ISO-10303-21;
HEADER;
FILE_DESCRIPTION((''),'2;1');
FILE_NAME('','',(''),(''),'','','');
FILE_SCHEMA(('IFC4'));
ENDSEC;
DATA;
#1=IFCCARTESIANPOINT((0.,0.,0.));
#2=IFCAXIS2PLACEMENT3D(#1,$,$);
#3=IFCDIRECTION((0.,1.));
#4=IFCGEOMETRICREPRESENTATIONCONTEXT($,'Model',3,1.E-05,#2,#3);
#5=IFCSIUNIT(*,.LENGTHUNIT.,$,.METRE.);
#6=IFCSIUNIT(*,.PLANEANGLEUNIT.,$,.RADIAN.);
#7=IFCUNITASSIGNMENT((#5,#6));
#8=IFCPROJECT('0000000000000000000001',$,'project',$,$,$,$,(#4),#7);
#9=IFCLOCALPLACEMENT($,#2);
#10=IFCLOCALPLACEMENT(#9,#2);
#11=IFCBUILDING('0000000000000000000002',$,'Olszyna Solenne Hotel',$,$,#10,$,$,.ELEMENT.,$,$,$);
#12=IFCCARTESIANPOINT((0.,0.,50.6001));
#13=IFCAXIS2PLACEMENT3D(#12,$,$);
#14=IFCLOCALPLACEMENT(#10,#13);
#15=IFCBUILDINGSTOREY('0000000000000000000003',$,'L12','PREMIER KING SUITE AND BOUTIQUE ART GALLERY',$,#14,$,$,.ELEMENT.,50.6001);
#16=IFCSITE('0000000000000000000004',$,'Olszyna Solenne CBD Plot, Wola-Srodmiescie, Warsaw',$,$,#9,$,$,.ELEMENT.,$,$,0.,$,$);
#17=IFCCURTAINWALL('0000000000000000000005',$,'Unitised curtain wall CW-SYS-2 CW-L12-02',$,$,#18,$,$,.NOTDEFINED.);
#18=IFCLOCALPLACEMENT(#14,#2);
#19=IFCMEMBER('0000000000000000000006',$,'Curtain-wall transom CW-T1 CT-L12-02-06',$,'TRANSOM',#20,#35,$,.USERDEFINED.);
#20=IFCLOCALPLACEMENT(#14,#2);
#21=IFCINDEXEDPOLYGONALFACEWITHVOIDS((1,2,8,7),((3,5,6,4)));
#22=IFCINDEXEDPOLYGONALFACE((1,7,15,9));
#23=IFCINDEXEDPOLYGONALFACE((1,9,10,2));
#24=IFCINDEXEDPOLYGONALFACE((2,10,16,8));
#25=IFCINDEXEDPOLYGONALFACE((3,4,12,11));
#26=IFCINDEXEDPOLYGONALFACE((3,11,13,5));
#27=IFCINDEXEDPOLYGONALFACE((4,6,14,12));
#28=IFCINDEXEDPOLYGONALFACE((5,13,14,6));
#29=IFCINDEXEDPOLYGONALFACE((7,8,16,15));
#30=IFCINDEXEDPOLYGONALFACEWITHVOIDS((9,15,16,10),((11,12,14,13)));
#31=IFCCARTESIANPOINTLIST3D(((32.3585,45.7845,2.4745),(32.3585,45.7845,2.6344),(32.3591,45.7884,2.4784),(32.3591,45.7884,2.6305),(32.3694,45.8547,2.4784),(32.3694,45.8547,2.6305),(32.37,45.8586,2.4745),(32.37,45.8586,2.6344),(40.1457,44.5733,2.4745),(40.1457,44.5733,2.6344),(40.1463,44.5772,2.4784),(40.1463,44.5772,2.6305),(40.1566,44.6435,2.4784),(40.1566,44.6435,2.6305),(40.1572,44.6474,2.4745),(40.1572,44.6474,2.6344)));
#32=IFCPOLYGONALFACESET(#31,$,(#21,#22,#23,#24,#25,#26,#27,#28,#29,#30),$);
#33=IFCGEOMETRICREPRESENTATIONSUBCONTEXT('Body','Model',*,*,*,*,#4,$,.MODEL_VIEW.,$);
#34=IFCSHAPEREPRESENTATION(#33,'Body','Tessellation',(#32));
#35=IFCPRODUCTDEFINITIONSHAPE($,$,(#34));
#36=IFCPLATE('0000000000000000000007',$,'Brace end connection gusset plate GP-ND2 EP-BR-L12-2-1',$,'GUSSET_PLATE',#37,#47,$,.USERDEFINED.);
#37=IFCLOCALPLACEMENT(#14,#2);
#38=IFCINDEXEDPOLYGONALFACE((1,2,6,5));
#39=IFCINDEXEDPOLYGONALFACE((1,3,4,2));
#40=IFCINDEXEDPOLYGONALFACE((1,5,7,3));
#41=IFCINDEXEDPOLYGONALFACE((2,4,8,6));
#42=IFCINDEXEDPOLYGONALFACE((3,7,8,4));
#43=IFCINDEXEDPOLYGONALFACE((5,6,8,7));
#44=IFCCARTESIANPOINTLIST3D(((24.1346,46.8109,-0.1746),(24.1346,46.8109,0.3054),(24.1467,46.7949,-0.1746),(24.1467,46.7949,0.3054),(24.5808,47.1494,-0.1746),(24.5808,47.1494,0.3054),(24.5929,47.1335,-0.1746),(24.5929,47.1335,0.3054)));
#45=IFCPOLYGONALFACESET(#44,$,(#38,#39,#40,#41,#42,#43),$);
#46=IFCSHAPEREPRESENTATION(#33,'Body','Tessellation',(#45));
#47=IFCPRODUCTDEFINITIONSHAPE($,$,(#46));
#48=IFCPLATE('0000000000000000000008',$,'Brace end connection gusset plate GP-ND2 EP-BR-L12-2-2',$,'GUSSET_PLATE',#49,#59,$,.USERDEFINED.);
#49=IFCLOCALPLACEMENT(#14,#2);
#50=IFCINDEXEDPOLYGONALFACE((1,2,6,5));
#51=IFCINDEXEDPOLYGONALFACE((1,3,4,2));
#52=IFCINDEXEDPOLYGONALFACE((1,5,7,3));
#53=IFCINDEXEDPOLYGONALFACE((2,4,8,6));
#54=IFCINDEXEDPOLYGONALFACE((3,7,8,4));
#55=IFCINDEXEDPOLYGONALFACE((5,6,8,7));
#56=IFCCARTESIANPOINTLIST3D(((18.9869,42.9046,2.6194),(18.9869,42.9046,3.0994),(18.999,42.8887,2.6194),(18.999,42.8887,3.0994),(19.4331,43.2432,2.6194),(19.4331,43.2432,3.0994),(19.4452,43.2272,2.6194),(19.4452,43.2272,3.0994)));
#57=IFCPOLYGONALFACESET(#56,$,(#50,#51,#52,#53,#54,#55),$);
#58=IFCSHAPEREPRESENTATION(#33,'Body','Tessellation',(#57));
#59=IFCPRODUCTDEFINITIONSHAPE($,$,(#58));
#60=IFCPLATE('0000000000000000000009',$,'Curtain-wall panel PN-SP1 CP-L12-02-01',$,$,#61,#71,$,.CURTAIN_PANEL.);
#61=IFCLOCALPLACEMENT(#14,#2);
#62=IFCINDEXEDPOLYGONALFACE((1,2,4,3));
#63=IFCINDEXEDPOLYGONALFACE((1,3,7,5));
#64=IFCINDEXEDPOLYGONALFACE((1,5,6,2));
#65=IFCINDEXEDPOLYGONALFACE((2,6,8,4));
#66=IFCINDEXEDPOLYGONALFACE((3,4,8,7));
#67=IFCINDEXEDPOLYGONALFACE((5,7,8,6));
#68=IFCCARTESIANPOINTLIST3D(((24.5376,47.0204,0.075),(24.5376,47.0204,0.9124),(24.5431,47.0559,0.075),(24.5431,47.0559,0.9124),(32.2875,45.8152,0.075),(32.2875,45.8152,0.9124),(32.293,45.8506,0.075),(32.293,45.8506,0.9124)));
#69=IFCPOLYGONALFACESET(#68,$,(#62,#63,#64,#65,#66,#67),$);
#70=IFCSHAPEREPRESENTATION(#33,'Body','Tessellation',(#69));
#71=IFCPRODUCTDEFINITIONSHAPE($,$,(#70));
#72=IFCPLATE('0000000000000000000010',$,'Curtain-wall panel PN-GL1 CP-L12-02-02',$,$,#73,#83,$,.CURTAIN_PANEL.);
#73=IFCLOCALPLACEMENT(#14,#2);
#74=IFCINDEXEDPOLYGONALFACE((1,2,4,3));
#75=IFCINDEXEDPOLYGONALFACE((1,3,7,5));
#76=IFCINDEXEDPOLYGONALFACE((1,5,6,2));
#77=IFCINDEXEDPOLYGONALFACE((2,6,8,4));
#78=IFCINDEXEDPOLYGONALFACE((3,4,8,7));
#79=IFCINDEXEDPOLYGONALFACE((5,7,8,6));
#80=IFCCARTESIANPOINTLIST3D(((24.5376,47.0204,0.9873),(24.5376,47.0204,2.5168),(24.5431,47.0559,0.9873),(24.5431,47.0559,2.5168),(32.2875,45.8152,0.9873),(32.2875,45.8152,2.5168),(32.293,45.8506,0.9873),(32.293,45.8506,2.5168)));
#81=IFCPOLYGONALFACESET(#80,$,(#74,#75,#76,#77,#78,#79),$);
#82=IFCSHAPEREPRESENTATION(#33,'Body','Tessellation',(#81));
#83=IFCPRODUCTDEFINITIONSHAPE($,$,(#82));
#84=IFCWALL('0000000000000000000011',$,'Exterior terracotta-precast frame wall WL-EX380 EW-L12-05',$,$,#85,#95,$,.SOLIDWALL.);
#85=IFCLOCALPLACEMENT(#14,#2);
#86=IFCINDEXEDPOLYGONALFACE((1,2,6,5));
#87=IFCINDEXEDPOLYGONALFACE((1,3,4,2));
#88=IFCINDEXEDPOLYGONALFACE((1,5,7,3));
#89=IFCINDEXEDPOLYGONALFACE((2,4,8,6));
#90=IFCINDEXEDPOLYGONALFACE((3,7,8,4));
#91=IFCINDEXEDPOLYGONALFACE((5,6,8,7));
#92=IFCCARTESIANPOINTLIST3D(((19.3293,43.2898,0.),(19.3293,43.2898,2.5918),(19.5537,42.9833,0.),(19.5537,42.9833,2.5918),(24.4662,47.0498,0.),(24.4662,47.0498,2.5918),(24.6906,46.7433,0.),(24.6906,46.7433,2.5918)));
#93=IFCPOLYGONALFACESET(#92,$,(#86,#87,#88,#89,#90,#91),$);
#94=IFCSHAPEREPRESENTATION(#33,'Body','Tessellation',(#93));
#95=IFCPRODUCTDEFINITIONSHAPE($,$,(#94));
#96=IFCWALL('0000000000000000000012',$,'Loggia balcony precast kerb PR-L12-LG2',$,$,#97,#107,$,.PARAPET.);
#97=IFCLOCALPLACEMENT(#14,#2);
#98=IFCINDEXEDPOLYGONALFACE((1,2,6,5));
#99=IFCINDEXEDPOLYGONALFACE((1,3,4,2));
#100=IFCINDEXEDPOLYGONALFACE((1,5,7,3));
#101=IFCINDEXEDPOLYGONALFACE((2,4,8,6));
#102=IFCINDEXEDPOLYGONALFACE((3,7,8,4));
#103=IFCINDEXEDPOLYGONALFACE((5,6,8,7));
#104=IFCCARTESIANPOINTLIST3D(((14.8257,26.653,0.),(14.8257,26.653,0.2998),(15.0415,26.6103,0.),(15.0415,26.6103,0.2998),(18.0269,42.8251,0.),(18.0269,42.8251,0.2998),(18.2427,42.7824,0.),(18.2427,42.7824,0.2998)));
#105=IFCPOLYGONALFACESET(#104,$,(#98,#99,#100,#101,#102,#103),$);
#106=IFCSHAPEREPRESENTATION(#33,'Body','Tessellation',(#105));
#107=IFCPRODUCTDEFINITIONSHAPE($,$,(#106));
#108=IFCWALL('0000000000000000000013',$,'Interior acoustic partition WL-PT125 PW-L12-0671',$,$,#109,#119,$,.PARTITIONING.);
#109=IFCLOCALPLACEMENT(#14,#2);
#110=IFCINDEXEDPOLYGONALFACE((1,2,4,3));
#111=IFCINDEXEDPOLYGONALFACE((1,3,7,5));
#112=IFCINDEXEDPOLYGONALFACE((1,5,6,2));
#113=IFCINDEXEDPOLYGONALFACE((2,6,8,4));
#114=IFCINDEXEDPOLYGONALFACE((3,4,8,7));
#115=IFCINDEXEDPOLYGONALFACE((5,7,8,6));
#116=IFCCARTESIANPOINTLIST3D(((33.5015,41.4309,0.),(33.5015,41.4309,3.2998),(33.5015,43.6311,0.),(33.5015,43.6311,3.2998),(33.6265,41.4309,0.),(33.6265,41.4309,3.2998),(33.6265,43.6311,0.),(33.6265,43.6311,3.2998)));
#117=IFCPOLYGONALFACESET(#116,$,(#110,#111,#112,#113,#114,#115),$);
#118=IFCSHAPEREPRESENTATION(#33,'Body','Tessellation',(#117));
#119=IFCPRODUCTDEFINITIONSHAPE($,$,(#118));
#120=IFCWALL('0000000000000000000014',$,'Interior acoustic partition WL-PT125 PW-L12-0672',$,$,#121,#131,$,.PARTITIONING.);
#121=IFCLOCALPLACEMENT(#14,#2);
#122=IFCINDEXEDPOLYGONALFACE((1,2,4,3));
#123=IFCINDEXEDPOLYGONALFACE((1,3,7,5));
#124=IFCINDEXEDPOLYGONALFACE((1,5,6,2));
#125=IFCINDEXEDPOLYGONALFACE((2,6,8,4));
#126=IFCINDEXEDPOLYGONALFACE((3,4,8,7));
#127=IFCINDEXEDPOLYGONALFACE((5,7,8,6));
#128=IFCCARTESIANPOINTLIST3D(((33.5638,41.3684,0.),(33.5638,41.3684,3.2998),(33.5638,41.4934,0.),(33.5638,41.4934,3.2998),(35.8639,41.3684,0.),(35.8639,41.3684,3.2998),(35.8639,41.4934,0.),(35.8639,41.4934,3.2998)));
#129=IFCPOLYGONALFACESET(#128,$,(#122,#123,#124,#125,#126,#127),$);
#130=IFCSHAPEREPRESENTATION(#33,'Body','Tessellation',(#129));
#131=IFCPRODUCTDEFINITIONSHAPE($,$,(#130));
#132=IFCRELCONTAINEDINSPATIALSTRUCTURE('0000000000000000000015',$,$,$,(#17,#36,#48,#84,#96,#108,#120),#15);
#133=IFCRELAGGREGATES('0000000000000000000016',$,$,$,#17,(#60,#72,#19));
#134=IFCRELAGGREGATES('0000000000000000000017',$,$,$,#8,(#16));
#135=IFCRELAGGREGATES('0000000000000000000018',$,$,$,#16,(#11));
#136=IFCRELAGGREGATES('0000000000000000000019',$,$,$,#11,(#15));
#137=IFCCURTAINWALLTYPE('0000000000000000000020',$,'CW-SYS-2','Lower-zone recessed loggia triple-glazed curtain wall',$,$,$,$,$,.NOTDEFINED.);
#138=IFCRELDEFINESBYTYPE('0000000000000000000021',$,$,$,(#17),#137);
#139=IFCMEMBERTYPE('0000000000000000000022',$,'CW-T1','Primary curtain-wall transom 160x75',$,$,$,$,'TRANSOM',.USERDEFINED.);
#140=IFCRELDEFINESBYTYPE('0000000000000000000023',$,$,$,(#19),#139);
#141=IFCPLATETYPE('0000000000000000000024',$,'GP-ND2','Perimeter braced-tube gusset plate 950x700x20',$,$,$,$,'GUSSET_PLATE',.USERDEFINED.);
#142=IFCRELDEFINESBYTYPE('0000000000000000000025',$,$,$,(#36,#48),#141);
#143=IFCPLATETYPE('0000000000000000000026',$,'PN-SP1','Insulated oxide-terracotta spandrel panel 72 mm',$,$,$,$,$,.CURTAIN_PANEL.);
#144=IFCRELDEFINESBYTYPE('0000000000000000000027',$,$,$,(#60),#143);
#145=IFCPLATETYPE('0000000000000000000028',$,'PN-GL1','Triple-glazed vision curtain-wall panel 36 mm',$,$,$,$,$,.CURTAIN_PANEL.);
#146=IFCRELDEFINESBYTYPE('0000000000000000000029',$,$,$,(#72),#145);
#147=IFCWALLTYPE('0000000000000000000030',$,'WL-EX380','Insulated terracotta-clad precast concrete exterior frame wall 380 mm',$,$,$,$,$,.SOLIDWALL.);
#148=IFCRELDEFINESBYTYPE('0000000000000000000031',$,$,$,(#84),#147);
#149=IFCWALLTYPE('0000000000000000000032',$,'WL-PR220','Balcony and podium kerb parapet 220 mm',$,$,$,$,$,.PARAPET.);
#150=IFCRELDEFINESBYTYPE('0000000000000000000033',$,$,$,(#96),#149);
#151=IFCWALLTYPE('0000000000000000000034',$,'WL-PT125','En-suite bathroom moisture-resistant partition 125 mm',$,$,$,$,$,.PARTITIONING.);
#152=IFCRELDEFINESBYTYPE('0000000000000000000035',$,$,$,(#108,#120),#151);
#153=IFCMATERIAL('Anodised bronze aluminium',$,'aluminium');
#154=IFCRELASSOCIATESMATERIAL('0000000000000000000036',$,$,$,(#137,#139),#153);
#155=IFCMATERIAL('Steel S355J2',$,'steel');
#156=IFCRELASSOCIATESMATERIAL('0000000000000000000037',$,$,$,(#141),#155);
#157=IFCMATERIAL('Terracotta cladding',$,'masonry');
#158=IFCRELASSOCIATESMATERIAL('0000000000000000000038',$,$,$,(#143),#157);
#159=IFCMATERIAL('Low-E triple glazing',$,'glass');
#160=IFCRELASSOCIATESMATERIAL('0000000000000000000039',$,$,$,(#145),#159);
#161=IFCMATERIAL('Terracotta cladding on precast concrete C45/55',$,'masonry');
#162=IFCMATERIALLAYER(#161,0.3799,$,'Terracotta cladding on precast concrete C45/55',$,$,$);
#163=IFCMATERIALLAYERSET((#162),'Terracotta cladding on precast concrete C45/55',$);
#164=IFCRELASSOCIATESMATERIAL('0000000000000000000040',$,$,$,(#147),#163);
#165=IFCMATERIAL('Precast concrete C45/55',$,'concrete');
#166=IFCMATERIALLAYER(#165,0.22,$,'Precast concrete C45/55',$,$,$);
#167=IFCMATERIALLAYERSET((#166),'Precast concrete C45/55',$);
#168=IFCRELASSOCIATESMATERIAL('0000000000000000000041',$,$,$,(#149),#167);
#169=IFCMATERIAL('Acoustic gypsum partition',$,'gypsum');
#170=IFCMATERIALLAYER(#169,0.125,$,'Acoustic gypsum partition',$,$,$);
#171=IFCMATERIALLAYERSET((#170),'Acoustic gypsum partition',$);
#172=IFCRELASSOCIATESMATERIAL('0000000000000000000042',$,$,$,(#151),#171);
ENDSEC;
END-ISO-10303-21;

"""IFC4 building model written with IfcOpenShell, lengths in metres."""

from ifc_helpers import new_model, si_unit, direction, frame, frame_2d, origin, origin_2d, place, context, subcontext, project, spatial, rectangle, hollow_rectangle, extrude, source, transform, mapped, material, layer, layer_set, material_profile, profile_set, type_object, element, aggregate, save


model = new_model("IFC4")

# Units and contexts
model_context = context("Model", 3, precision=1e-05, world=origin(), true_north=direction((0.0, 1.0)))
body_context = subcontext(model_context, "Body", "Model", "MODEL_VIEW")
ifc_project = project(units=[si_unit("LENGTHUNIT", "METRE"), si_unit("PLANEANGLEUNIT", "RADIAN")], contexts=[model_context])

# Site, building, storey
site_placement = place(None, origin())
site = spatial("IfcSite", under=ifc_project, at=site_placement, Name="Olszyna Solenne CBD Plot, Wola-Srodmiescie, Warsaw", CompositionType="ELEMENT", RefElevation=0.0)
building_placement = place(site_placement, origin())
building = spatial("IfcBuilding", under=site, at=building_placement, Name="Olszyna Solenne Hotel", CompositionType="ELEMENT")
storey_placement = place(building_placement, frame((0.0, 0.0, 50.6001)))
storey = spatial("IfcBuildingStorey", under=building, at=storey_placement, Name="L12", Description="PREMIER KING SUITE AND BOUTIQUE ART GALLERY", CompositionType="ELEMENT", Elevation=50.6001)

# Shared definitions
ifc_material_1 = material(Name="Steel S355J2", Category="steel")

# Curtain wall, member
ifc_material_2 = material(Name="Anodised bronze aluminium", Category="aluminium")
curtain_wall_type = type_object("IfcCurtainWallType", Name="CW-SYS-2", Description="Lower-zone recessed loggia triple-glazed curtain wall", PredefinedType="NOTDEFINED", material=ifc_material_2)
curtain_wall_placement = place(storey_placement, origin())
curtain_wall = element("IfcCurtainWall", 1, at=curtain_wall_placement, inside=storey, type_object=curtain_wall_type, Name="Unitised curtain wall CW-SYS-2 CW-L12-02", PredefinedType="NOTDEFINED")
ifc_material_profile_1 = material_profile(ifc_material_2, hollow_rectangle(XDim=0.075, YDim=0.1599, WallThickness=0.0039, at=origin_2d()), Name="TRAN 160x75x4", Category="load-bearing")
ifc_profile_set_1 = profile_set([ifc_material_profile_1], Name="Anodised bronze aluminium")
member_type_1 = type_object("IfcMemberType", Name="CW-T1", Description="Primary curtain-wall transom 160x75", ElementType="TRANSOM", PredefinedType="USERDEFINED", material=ifc_profile_set_1)
shared_shape_1 = source(origin(), body_context, "Body", "SweptSolid", [
    extrude(hollow_rectangle(XDim=0.075, YDim=0.1599, WallThickness=0.0039, at=origin_2d()), origin(), (0.0, 0.0, 1.0), 7.8809),
])
member_1_placement = place(storey_placement, frame((32.3643, 45.8215, 2.5544), z_axis=(0.988119, -0.153689, 0.0), x_axis=(0.153689, 0.988119, 0.0)))
member_1 = element("IfcMember", 2, at=member_1_placement, type_object=member_type_1, Name="Curtain-wall transom CW-T1 CT-L12-02-06", ObjectType="TRANSOM", PredefinedType="USERDEFINED", context=body_context, shape_type="MappedRepresentation", body=[
    mapped(shared_shape_1, transform((0.0, 0.0, 0.0), x_axis=(1.0, 0.0, 0.0), y_axis=(0.0, 1.0, 0.0), z_axis=(0.0, 0.0, 1.0), scale=1.0)),
])

# Plates
plate_type_1 = type_object("IfcPlateType", Name="GP-ND2", Description="Perimeter braced-tube gusset plate 950x700x20", ElementType="GUSSET_PLATE", PredefinedType="USERDEFINED", material=ifc_material_1)
shared_shape_2 = source(origin(), body_context, "Body", "SweptSolid", [
    extrude(rectangle(XDim=0.5601, YDim=0.02, at=origin_2d()), origin(), (0.0, 0.0, 1.0), 0.48),
])
for number, where, z_axis, x_axis, name in (
    (3, (24.3638, 46.9722, -0.1746), (0.0, 0.0, 1.0), (-0.796635, -0.60446, 0.0), "Brace end connection gusset plate GP-ND2 EP-BR-L12-2-1"),
    (4, (19.2161, 43.0659, 2.6194), (0.0, 0.0, 1.0), (-0.796635, -0.60446, 0.0), "Brace end connection gusset plate GP-ND2 EP-BR-L12-2-2"),
):
    element("IfcPlate", number, at=place(storey_placement, frame(where, z_axis=z_axis, x_axis=x_axis)), inside=storey, type_object=plate_type_1, Name=name, ObjectType="GUSSET_PLATE", PredefinedType="USERDEFINED", context=body_context, shape_type="MappedRepresentation", body=[
        mapped(shared_shape_2, transform((0.0, 0.0, 0.0), x_axis=(1.0, 0.0, 0.0), y_axis=(0.0, 1.0, 0.0), z_axis=(0.0, 0.0, 1.0), scale=1.0)),
    ])

# Plates
ifc_material_3 = material(Name="Terracotta cladding", Category="masonry")
plate_type_2 = type_object("IfcPlateType", Name="PN-SP1", Description="Insulated oxide-terracotta spandrel panel 72 mm", PredefinedType="CURTAIN_PANEL", material=ifc_material_3)
shared_shape_3 = source(origin(), body_context, "Body", "SweptSolid", [
    extrude(rectangle(XDim=7.843, YDim=0.0359, at=origin_2d()), origin(), (0.0, 0.0, 1.0), 0.8374),
])
plate_1_placement = place(storey_placement, frame((28.4153, 46.4355, 0.075), z_axis=(0.0, 0.0, 1.0), x_axis=(0.988122, -0.153674, 0.0)))
plate_1 = element("IfcPlate", 5, at=plate_1_placement, type_object=plate_type_2, Name="Curtain-wall panel PN-SP1 CP-L12-02-01", PredefinedType="CURTAIN_PANEL", context=body_context, shape_type="MappedRepresentation", body=[
    mapped(shared_shape_3, transform((0.0, 0.0, 0.0), x_axis=(1.0, 0.0, 0.0), y_axis=(0.0, 1.0, 0.0), z_axis=(0.0, 0.0, 1.0), scale=1.0)),
])
ifc_material_4 = material(Name="Low-E triple glazing", Category="glass")
plate_type_3 = type_object("IfcPlateType", Name="PN-GL1", Description="Triple-glazed vision curtain-wall panel 36 mm", PredefinedType="CURTAIN_PANEL", material=ifc_material_4)
shared_shape_4 = source(origin(), body_context, "Body", "SweptSolid", [
    extrude(rectangle(XDim=7.843, YDim=0.0359, at=origin_2d()), origin(), (0.0, 0.0, 1.0), 1.5295),
])
plate_2_placement = place(storey_placement, frame((28.4153, 46.4355, 0.9873), z_axis=(0.0, 0.0, 1.0), x_axis=(0.988122, -0.153674, 0.0)))
plate_2 = element("IfcPlate", 6, at=plate_2_placement, type_object=plate_type_3, Name="Curtain-wall panel PN-GL1 CP-L12-02-02", PredefinedType="CURTAIN_PANEL", context=body_context, shape_type="MappedRepresentation", body=[
    mapped(shared_shape_4, transform((0.0, 0.0, 0.0), x_axis=(1.0, 0.0, 0.0), y_axis=(0.0, 1.0, 0.0), z_axis=(0.0, 0.0, 1.0), scale=1.0)),
])
aggregate(curtain_wall, [plate_1, plate_2, member_1])

# Walls
ifc_material_5 = material(Name="Terracotta cladding on precast concrete C45/55", Category="masonry")
ifc_layer_1 = layer(ifc_material_5, 0.3799, Name="Terracotta cladding on precast concrete C45/55")
ifc_layer_set_1 = layer_set([ifc_layer_1], Name="Terracotta cladding on precast concrete C45/55")
wall_type_1 = type_object("IfcWallType", Name="WL-EX380", Description="Insulated terracotta-clad precast concrete exterior frame wall 380 mm", PredefinedType="SOLIDWALL", material=ifc_layer_set_1)
wall_1_placement = place(storey_placement, frame((19.4414, 43.1365, 0.0), z_axis=(0.0, 0.0, 1.0), x_axis=(0.806936, 0.590639, 0.0)))
element("IfcWall", 7, at=wall_1_placement, inside=storey, type_object=wall_type_1, Name="Exterior terracotta-precast frame wall WL-EX380 EW-L12-05", PredefinedType="SOLIDWALL", context=body_context, shape_type="SweptSolid", body=[
    extrude(rectangle(XDim=6.366, YDim=0.3799, at=frame_2d((3.1831, 0.0))), origin(), (0.0, 0.0, 1.0), 2.5918),
])
ifc_material_6 = material(Name="Precast concrete C45/55", Category="concrete")
ifc_layer_2 = layer(ifc_material_6, 0.22, Name="Precast concrete C45/55")
ifc_layer_set_2 = layer_set([ifc_layer_2], Name="Precast concrete C45/55")
wall_type_2 = type_object("IfcWallType", Name="WL-PR220", Description="Balcony and podium kerb parapet 220 mm", PredefinedType="PARAPET", material=ifc_layer_set_2)
wall_2_placement = place(storey_placement, frame((18.1348, 42.8037, 0.0), z_axis=(0.0, 0.0, 1.0), x_axis=(-0.194176, -0.980967, 0.0)))
element("IfcWall", 8, at=wall_2_placement, inside=storey, type_object=wall_type_2, Name="Loggia balcony precast kerb PR-L12-LG2", PredefinedType="PARAPET", context=body_context, shape_type="SweptSolid", body=[
    extrude(rectangle(XDim=16.4858, YDim=0.22, at=frame_2d((8.2429, 0.0))), origin(), (0.0, 0.0, 1.0), 0.2998),
])
ifc_material_7 = material(Name="Acoustic gypsum partition", Category="gypsum")
ifc_layer_3 = layer(ifc_material_7, 0.125, Name="Acoustic gypsum partition")
ifc_layer_set_3 = layer_set([ifc_layer_3], Name="Acoustic gypsum partition")
wall_type_3 = type_object("IfcWallType", Name="WL-PT125", Description="En-suite bathroom moisture-resistant partition 125 mm", PredefinedType="PARTITIONING", material=ifc_layer_set_3)
wall_3_placement = place(storey_placement, frame((33.564, 43.6311, 0.0), z_axis=(0.0, 0.0, 1.0), x_axis=(0.0, -1.0, 0.0)))
element("IfcWall", 9, at=wall_3_placement, inside=storey, type_object=wall_type_3, Name="Interior acoustic partition WL-PT125 PW-L12-0671", PredefinedType="PARTITIONING", context=body_context, shape_type="SweptSolid", body=[
    extrude(rectangle(XDim=2.2002, YDim=0.125, at=frame_2d((1.1001, 0.0))), origin(), (0.0, 0.0, 1.0), 3.2998),
])
wall_4_placement = place(storey_placement, frame((33.564, 41.4309, 0.0), z_axis=(0.0, 0.0, 1.0), x_axis=(1.0, 0.0, 0.0)))
element("IfcWall", 10, at=wall_4_placement, inside=storey, type_object=wall_type_3, Name="Interior acoustic partition WL-PT125 PW-L12-0672", PredefinedType="PARTITIONING", context=body_context, shape_type="SweptSolid", body=[
    extrude(rectangle(XDim=2.3, YDim=0.125, at=frame_2d((1.1499, 0.0))), origin(), (0.0, 0.0, 1.0), 3.2998),
])

save(model, "model.ifc")
